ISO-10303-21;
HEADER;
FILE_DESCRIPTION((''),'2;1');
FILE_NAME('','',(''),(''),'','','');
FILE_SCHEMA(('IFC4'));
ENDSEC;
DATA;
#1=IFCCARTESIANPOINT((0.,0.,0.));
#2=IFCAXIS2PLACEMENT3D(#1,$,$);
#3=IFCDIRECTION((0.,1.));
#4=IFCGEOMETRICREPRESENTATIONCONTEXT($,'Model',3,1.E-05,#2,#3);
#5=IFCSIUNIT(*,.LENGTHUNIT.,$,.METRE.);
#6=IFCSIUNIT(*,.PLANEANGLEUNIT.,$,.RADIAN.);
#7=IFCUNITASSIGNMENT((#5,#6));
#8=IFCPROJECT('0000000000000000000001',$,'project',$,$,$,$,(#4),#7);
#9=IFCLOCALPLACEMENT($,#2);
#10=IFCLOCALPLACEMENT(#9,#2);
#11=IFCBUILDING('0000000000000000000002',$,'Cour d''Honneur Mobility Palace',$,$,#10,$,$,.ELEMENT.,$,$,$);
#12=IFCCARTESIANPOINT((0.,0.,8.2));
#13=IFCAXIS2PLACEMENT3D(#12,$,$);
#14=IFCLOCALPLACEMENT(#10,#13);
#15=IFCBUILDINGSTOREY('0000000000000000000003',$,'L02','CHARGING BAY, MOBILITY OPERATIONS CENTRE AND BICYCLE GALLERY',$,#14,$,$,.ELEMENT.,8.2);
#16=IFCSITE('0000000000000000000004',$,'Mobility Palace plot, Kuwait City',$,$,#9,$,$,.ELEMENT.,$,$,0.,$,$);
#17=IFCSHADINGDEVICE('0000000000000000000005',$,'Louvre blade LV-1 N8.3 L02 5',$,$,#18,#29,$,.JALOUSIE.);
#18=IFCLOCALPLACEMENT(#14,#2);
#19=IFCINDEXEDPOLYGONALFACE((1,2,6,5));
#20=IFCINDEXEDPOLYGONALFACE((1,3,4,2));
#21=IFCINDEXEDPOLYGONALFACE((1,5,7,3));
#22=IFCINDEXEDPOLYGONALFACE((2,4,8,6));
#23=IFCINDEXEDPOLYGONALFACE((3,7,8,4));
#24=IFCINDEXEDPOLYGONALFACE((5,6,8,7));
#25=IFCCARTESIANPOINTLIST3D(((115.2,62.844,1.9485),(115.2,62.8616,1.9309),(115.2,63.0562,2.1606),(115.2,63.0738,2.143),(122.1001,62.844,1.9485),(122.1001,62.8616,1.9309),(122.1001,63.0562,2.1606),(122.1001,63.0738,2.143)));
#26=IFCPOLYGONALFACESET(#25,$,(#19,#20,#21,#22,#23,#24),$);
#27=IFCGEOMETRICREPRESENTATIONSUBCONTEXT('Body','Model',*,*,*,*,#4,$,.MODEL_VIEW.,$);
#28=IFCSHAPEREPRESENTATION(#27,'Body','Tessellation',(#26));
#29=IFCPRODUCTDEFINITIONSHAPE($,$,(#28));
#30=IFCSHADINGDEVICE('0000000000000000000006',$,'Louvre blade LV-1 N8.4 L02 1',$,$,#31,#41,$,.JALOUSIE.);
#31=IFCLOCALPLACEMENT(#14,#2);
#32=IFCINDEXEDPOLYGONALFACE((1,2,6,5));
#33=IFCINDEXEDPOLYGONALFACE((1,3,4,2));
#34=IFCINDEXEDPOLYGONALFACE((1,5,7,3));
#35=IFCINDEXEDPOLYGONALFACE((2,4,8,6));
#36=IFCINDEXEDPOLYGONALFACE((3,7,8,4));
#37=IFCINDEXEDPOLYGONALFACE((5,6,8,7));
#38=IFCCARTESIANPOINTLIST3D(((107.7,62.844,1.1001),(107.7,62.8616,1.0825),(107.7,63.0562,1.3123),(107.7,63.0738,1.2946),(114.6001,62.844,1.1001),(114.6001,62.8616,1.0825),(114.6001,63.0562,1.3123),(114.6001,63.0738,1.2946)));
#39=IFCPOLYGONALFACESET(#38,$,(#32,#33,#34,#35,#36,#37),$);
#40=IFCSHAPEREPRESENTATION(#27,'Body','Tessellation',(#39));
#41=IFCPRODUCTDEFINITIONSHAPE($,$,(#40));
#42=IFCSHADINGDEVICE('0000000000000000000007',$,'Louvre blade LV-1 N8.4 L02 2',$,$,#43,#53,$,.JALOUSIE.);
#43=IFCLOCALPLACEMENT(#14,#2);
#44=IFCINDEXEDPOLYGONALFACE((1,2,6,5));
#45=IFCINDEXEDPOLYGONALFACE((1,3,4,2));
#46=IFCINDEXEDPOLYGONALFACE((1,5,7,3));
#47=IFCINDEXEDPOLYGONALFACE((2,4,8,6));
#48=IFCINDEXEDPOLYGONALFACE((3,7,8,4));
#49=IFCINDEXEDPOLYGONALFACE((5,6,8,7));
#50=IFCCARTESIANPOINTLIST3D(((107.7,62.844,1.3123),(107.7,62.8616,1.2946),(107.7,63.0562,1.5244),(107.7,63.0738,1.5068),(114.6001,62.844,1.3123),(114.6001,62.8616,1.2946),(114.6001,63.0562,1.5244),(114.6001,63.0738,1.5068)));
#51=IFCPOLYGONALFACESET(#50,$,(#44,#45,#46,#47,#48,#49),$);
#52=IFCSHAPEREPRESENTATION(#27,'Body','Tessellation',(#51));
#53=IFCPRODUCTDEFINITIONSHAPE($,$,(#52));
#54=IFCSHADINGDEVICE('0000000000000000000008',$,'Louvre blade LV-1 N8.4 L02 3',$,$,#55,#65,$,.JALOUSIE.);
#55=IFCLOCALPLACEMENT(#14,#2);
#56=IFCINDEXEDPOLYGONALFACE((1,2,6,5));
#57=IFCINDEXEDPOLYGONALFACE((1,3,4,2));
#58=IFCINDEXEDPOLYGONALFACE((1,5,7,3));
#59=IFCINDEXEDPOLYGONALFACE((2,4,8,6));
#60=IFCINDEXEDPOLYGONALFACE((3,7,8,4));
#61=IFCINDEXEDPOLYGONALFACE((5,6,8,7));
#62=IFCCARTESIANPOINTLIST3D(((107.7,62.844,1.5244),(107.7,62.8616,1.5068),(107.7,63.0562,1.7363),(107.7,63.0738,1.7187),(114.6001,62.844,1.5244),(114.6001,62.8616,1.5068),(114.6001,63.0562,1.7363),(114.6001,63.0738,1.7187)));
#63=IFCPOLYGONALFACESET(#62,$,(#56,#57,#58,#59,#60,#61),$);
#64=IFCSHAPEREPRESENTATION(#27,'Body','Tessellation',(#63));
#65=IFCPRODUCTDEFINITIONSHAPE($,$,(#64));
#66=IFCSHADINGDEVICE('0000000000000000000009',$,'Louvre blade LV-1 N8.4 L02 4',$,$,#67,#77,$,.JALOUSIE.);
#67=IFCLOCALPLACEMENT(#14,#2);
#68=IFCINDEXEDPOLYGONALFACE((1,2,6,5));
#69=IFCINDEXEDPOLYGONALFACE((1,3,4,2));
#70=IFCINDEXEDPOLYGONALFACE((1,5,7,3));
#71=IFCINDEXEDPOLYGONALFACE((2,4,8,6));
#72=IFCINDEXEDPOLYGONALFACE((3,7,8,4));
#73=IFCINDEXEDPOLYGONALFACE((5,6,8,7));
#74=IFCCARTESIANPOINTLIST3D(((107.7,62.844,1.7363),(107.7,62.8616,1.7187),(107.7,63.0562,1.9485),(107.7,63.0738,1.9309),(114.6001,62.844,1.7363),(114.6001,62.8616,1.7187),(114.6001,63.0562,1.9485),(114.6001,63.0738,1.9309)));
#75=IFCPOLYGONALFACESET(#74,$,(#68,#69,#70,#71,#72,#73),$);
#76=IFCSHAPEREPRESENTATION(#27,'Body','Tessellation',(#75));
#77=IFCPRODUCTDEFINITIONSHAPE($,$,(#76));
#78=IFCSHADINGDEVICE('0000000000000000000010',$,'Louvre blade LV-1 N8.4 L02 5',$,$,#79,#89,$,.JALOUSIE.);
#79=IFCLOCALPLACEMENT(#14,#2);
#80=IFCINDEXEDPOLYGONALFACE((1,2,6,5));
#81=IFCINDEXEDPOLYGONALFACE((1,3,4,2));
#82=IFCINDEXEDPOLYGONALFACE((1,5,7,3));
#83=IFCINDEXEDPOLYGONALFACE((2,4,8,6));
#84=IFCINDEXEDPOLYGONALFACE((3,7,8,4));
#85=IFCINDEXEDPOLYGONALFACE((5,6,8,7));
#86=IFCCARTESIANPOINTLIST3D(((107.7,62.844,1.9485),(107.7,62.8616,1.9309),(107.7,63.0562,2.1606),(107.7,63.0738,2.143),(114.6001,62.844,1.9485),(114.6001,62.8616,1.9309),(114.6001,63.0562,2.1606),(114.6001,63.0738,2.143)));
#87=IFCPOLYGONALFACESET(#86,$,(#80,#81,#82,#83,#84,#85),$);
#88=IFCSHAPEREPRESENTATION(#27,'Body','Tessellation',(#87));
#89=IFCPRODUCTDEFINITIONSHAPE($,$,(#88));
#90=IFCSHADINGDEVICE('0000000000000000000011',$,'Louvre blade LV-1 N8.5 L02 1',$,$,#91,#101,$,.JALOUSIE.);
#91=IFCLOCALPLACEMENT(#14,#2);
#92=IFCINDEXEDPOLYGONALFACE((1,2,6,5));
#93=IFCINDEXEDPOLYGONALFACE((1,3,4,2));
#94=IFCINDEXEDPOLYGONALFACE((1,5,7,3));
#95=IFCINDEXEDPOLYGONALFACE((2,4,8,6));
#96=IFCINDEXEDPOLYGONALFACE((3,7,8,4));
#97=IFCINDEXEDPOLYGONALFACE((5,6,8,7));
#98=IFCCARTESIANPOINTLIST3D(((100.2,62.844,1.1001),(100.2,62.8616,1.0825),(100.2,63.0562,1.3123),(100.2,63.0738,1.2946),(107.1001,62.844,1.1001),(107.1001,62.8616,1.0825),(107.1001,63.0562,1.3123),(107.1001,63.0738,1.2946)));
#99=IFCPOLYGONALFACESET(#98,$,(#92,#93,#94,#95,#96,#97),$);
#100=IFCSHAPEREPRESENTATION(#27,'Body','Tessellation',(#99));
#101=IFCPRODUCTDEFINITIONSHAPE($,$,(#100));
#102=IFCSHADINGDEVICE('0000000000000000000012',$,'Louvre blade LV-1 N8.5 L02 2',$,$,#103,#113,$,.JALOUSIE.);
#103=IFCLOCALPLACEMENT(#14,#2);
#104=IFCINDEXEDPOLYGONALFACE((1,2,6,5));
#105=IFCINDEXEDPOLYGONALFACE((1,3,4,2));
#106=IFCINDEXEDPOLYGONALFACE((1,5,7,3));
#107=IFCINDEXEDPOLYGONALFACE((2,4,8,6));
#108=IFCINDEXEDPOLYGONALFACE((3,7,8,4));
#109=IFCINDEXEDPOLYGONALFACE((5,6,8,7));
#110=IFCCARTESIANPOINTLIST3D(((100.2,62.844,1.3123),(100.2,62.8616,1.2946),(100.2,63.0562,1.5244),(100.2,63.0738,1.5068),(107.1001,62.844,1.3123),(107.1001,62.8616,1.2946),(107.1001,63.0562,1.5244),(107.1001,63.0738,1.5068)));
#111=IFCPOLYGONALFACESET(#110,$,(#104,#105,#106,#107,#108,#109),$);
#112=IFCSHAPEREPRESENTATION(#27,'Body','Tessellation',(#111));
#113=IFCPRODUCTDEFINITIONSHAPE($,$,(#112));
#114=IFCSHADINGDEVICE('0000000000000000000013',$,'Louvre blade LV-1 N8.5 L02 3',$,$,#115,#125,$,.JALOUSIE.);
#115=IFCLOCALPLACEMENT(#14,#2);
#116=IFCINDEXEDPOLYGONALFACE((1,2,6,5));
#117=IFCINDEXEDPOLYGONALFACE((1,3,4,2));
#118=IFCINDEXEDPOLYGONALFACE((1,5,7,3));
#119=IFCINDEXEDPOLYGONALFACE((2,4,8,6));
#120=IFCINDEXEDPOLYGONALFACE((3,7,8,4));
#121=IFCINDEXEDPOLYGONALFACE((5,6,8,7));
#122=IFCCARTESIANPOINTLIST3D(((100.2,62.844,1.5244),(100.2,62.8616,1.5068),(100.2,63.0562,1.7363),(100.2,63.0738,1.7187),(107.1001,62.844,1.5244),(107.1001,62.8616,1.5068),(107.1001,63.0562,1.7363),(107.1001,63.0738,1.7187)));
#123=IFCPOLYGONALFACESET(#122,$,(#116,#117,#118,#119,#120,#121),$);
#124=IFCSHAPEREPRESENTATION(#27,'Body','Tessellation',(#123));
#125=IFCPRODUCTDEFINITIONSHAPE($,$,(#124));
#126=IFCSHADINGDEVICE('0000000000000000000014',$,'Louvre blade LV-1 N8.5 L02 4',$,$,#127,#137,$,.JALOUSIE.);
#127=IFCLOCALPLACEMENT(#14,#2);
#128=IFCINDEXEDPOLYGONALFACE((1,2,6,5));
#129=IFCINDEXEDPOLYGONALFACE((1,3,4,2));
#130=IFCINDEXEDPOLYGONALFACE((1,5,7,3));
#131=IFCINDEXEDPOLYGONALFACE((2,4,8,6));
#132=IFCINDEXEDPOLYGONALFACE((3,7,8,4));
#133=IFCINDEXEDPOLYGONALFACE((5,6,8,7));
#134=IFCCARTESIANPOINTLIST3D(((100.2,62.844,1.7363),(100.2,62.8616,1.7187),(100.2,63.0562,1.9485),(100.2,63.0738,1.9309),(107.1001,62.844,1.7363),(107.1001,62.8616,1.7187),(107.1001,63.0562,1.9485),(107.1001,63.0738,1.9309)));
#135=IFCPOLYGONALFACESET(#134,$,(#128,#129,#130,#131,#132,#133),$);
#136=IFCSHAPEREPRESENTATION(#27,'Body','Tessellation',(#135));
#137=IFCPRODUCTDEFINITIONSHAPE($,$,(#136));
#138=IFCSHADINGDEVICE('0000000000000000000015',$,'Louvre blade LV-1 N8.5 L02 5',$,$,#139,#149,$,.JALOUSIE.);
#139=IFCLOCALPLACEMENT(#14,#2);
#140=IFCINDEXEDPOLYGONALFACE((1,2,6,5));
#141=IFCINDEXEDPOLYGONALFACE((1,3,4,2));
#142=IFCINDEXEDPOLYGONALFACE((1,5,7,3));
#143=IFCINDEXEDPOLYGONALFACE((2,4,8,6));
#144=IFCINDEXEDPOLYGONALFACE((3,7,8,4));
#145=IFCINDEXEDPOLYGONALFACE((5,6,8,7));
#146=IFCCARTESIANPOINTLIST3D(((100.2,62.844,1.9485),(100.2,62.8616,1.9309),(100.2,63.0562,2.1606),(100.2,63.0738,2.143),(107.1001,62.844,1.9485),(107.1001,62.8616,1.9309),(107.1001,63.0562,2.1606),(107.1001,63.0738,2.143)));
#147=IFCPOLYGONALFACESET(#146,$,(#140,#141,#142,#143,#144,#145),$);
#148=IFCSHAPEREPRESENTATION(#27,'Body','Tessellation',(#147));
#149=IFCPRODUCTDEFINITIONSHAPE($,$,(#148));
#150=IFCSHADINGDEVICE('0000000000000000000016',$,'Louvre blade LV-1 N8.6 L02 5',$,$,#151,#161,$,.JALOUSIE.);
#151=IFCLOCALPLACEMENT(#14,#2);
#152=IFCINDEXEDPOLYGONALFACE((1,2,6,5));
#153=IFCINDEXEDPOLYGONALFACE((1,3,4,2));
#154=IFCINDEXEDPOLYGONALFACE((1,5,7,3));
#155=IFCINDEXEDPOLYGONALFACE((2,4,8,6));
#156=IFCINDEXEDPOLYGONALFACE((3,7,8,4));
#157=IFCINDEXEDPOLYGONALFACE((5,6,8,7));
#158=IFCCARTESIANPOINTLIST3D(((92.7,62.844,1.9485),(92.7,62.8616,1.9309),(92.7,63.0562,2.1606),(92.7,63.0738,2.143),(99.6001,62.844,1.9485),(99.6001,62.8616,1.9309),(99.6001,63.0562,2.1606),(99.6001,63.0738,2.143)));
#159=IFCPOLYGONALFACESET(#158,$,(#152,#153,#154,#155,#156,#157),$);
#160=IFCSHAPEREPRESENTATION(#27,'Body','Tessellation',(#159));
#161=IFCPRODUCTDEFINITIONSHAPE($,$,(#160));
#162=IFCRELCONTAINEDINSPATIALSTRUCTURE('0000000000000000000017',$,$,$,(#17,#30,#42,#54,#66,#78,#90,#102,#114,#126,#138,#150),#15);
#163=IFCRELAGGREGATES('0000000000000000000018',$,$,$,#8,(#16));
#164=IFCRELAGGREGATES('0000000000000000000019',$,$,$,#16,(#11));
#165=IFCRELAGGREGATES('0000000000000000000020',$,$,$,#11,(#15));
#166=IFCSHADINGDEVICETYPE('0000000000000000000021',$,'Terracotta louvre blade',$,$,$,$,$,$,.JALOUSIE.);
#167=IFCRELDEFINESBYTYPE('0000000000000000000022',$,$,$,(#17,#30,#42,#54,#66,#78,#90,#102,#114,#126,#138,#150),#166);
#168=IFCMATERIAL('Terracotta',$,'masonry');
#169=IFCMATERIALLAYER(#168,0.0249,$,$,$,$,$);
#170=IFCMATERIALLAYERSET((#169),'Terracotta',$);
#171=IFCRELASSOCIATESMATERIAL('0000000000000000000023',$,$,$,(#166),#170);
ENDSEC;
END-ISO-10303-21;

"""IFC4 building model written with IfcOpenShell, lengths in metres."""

from ifc_helpers import new_model, si_unit, direction, frame, origin, place, context, subcontext, project, spatial, polyline, outline, extrude, material, layer, layer_set, type_object, element, save


model = new_model("IFC4")

# Units and contexts
model_context = context("Model", 3, precision=1e-05, world=origin(), true_north=direction((0.0, 1.0)))
body_context = subcontext(model_context, "Body", "Model", "MODEL_VIEW")
ifc_project = project(units=[si_unit("LENGTHUNIT", "METRE"), si_unit("PLANEANGLEUNIT", "RADIAN")], contexts=[model_context])

# Site, building, storey
site_placement = place(None, origin())
site = spatial("IfcSite", under=ifc_project, at=site_placement, Name="Mobility Palace plot, Kuwait City", CompositionType="ELEMENT", RefElevation=0.0)
building_placement = place(site_placement, origin())
building = spatial("IfcBuilding", under=site, at=building_placement, Name="Cour d'Honneur Mobility Palace", CompositionType="ELEMENT")
storey_placement = place(building_placement, frame((0.0, 0.0, 8.2)))
storey = spatial("IfcBuildingStorey", under=building, at=storey_placement, Name="L02", Description="CHARGING BAY, MOBILITY OPERATIONS CENTRE AND BICYCLE GALLERY", CompositionType="ELEMENT", Elevation=8.2)

# Shading devices
ifc_material_1 = material(Name="Terracotta", Category="masonry")
ifc_layer_1 = layer(ifc_material_1, 0.0249)
ifc_layer_set_1 = layer_set([ifc_layer_1], Name="Terracotta")
shading_device_type = type_object("IfcShadingDeviceType", Name="Terracotta louvre blade", PredefinedType="JALOUSIE", material=ifc_layer_set_1)
for number, where, z_axis, x_axis, name in (
    (1, (122.1001, 62.844, 1.9485), (0.0, -0.707107, 0.707107), (-1.0, 0.0, 0.0), "Louvre blade LV-1 N8.3 L02 5"),
    (2, (114.6001, 62.844, 1.1001), (0.0, -0.707107, 0.707107), (-1.0, 0.0, 0.0), "Louvre blade LV-1 N8.4 L02 1"),
    (3, (114.6001, 62.844, 1.3123), (0.0, -0.707107, 0.707107), (-1.0, 0.0, 0.0), "Louvre blade LV-1 N8.4 L02 2"),
):
    element("IfcShadingDevice", number, at=place(storey_placement, frame(where, z_axis=z_axis, x_axis=x_axis)), inside=storey, type_object=shading_device_type, Name=name, PredefinedType="JALOUSIE", context=body_context, shape_type="SweptSolid", body=[
        extrude(outline(polyline([(0.0, 0.0), (6.9001, 0.0), (6.9001, -0.3), (0.0, -0.3), (0.0, 0.0)])), origin(), (0.0, 0.0, -1.0), 0.0249),
    ])
shading_device_1_placement = place(storey_placement, frame((114.6001, 62.844, 1.5244), z_axis=(0.0, -0.7067, 0.707514), x_axis=(-1.0, 0.0, 0.0)))
element("IfcShadingDevice", 4, at=shading_device_1_placement, inside=storey, type_object=shading_device_type, Name="Louvre blade LV-1 N8.4 L02 3", PredefinedType="JALOUSIE", context=body_context, shape_type="SweptSolid", body=[
    extrude(outline(polyline([(0.0, 0.0), (6.9001, 0.0), (6.9001, -0.2999), (0.0, -0.2999), (0.0, 0.0)])), origin(), (0.0, 0.0, -1.0), 0.0249),
])
for number, where, z_axis, x_axis, name in (
    (5, (114.6001, 62.844, 1.7363), (0.0, -0.707107, 0.707107), (-1.0, 0.0, 0.0), "Louvre blade LV-1 N8.4 L02 4"),
    (6, (114.6001, 62.844, 1.9485), (0.0, -0.707107, 0.707107), (-1.0, 0.0, 0.0), "Louvre blade LV-1 N8.4 L02 5"),
    (7, (107.1001, 62.844, 1.1001), (0.0, -0.707107, 0.707107), (-1.0, 0.0, 0.0), "Louvre blade LV-1 N8.5 L02 1"),
    (8, (107.1001, 62.844, 1.3123), (0.0, -0.707107, 0.707107), (-1.0, 0.0, 0.0), "Louvre blade LV-1 N8.5 L02 2"),
):
    element("IfcShadingDevice", number, at=place(storey_placement, frame(where, z_axis=z_axis, x_axis=x_axis)), inside=storey, type_object=shading_device_type, Name=name, PredefinedType="JALOUSIE", context=body_context, shape_type="SweptSolid", body=[
        extrude(outline(polyline([(0.0, 0.0), (6.9001, 0.0), (6.9001, -0.3), (0.0, -0.3), (0.0, 0.0)])), origin(), (0.0, 0.0, -1.0), 0.0249),
    ])
shading_device_2_placement = place(storey_placement, frame((107.1001, 62.844, 1.5244), z_axis=(0.0, -0.7067, 0.707514), x_axis=(-1.0, 0.0, 0.0)))
element("IfcShadingDevice", 9, at=shading_device_2_placement, inside=storey, type_object=shading_device_type, Name="Louvre blade LV-1 N8.5 L02 3", PredefinedType="JALOUSIE", context=body_context, shape_type="SweptSolid", body=[
    extrude(outline(polyline([(0.0, 0.0), (6.9001, 0.0), (6.9001, -0.2999), (0.0, -0.2999), (0.0, 0.0)])), origin(), (0.0, 0.0, -1.0), 0.0249),
])
for number, where, z_axis, x_axis, name in (
    (10, (107.1001, 62.844, 1.7363), (0.0, -0.707107, 0.707107), (-1.0, 0.0, 0.0), "Louvre blade LV-1 N8.5 L02 4"),
    (11, (107.1001, 62.844, 1.9485), (0.0, -0.707107, 0.707107), (-1.0, 0.0, 0.0), "Louvre blade LV-1 N8.5 L02 5"),
    (12, (99.6001, 62.844, 1.9485), (0.0, -0.707107, 0.707107), (-1.0, 0.0, 0.0), "Louvre blade LV-1 N8.6 L02 5"),
):
    element("IfcShadingDevice", number, at=place(storey_placement, frame(where, z_axis=z_axis, x_axis=x_axis)), inside=storey, type_object=shading_device_type, Name=name, PredefinedType="JALOUSIE", context=body_context, shape_type="SweptSolid", body=[
        extrude(outline(polyline([(0.0, 0.0), (6.9001, 0.0), (6.9001, -0.3), (0.0, -0.3), (0.0, 0.0)])), origin(), (0.0, 0.0, -1.0), 0.0249),
    ])

save(model, "model.ifc")
